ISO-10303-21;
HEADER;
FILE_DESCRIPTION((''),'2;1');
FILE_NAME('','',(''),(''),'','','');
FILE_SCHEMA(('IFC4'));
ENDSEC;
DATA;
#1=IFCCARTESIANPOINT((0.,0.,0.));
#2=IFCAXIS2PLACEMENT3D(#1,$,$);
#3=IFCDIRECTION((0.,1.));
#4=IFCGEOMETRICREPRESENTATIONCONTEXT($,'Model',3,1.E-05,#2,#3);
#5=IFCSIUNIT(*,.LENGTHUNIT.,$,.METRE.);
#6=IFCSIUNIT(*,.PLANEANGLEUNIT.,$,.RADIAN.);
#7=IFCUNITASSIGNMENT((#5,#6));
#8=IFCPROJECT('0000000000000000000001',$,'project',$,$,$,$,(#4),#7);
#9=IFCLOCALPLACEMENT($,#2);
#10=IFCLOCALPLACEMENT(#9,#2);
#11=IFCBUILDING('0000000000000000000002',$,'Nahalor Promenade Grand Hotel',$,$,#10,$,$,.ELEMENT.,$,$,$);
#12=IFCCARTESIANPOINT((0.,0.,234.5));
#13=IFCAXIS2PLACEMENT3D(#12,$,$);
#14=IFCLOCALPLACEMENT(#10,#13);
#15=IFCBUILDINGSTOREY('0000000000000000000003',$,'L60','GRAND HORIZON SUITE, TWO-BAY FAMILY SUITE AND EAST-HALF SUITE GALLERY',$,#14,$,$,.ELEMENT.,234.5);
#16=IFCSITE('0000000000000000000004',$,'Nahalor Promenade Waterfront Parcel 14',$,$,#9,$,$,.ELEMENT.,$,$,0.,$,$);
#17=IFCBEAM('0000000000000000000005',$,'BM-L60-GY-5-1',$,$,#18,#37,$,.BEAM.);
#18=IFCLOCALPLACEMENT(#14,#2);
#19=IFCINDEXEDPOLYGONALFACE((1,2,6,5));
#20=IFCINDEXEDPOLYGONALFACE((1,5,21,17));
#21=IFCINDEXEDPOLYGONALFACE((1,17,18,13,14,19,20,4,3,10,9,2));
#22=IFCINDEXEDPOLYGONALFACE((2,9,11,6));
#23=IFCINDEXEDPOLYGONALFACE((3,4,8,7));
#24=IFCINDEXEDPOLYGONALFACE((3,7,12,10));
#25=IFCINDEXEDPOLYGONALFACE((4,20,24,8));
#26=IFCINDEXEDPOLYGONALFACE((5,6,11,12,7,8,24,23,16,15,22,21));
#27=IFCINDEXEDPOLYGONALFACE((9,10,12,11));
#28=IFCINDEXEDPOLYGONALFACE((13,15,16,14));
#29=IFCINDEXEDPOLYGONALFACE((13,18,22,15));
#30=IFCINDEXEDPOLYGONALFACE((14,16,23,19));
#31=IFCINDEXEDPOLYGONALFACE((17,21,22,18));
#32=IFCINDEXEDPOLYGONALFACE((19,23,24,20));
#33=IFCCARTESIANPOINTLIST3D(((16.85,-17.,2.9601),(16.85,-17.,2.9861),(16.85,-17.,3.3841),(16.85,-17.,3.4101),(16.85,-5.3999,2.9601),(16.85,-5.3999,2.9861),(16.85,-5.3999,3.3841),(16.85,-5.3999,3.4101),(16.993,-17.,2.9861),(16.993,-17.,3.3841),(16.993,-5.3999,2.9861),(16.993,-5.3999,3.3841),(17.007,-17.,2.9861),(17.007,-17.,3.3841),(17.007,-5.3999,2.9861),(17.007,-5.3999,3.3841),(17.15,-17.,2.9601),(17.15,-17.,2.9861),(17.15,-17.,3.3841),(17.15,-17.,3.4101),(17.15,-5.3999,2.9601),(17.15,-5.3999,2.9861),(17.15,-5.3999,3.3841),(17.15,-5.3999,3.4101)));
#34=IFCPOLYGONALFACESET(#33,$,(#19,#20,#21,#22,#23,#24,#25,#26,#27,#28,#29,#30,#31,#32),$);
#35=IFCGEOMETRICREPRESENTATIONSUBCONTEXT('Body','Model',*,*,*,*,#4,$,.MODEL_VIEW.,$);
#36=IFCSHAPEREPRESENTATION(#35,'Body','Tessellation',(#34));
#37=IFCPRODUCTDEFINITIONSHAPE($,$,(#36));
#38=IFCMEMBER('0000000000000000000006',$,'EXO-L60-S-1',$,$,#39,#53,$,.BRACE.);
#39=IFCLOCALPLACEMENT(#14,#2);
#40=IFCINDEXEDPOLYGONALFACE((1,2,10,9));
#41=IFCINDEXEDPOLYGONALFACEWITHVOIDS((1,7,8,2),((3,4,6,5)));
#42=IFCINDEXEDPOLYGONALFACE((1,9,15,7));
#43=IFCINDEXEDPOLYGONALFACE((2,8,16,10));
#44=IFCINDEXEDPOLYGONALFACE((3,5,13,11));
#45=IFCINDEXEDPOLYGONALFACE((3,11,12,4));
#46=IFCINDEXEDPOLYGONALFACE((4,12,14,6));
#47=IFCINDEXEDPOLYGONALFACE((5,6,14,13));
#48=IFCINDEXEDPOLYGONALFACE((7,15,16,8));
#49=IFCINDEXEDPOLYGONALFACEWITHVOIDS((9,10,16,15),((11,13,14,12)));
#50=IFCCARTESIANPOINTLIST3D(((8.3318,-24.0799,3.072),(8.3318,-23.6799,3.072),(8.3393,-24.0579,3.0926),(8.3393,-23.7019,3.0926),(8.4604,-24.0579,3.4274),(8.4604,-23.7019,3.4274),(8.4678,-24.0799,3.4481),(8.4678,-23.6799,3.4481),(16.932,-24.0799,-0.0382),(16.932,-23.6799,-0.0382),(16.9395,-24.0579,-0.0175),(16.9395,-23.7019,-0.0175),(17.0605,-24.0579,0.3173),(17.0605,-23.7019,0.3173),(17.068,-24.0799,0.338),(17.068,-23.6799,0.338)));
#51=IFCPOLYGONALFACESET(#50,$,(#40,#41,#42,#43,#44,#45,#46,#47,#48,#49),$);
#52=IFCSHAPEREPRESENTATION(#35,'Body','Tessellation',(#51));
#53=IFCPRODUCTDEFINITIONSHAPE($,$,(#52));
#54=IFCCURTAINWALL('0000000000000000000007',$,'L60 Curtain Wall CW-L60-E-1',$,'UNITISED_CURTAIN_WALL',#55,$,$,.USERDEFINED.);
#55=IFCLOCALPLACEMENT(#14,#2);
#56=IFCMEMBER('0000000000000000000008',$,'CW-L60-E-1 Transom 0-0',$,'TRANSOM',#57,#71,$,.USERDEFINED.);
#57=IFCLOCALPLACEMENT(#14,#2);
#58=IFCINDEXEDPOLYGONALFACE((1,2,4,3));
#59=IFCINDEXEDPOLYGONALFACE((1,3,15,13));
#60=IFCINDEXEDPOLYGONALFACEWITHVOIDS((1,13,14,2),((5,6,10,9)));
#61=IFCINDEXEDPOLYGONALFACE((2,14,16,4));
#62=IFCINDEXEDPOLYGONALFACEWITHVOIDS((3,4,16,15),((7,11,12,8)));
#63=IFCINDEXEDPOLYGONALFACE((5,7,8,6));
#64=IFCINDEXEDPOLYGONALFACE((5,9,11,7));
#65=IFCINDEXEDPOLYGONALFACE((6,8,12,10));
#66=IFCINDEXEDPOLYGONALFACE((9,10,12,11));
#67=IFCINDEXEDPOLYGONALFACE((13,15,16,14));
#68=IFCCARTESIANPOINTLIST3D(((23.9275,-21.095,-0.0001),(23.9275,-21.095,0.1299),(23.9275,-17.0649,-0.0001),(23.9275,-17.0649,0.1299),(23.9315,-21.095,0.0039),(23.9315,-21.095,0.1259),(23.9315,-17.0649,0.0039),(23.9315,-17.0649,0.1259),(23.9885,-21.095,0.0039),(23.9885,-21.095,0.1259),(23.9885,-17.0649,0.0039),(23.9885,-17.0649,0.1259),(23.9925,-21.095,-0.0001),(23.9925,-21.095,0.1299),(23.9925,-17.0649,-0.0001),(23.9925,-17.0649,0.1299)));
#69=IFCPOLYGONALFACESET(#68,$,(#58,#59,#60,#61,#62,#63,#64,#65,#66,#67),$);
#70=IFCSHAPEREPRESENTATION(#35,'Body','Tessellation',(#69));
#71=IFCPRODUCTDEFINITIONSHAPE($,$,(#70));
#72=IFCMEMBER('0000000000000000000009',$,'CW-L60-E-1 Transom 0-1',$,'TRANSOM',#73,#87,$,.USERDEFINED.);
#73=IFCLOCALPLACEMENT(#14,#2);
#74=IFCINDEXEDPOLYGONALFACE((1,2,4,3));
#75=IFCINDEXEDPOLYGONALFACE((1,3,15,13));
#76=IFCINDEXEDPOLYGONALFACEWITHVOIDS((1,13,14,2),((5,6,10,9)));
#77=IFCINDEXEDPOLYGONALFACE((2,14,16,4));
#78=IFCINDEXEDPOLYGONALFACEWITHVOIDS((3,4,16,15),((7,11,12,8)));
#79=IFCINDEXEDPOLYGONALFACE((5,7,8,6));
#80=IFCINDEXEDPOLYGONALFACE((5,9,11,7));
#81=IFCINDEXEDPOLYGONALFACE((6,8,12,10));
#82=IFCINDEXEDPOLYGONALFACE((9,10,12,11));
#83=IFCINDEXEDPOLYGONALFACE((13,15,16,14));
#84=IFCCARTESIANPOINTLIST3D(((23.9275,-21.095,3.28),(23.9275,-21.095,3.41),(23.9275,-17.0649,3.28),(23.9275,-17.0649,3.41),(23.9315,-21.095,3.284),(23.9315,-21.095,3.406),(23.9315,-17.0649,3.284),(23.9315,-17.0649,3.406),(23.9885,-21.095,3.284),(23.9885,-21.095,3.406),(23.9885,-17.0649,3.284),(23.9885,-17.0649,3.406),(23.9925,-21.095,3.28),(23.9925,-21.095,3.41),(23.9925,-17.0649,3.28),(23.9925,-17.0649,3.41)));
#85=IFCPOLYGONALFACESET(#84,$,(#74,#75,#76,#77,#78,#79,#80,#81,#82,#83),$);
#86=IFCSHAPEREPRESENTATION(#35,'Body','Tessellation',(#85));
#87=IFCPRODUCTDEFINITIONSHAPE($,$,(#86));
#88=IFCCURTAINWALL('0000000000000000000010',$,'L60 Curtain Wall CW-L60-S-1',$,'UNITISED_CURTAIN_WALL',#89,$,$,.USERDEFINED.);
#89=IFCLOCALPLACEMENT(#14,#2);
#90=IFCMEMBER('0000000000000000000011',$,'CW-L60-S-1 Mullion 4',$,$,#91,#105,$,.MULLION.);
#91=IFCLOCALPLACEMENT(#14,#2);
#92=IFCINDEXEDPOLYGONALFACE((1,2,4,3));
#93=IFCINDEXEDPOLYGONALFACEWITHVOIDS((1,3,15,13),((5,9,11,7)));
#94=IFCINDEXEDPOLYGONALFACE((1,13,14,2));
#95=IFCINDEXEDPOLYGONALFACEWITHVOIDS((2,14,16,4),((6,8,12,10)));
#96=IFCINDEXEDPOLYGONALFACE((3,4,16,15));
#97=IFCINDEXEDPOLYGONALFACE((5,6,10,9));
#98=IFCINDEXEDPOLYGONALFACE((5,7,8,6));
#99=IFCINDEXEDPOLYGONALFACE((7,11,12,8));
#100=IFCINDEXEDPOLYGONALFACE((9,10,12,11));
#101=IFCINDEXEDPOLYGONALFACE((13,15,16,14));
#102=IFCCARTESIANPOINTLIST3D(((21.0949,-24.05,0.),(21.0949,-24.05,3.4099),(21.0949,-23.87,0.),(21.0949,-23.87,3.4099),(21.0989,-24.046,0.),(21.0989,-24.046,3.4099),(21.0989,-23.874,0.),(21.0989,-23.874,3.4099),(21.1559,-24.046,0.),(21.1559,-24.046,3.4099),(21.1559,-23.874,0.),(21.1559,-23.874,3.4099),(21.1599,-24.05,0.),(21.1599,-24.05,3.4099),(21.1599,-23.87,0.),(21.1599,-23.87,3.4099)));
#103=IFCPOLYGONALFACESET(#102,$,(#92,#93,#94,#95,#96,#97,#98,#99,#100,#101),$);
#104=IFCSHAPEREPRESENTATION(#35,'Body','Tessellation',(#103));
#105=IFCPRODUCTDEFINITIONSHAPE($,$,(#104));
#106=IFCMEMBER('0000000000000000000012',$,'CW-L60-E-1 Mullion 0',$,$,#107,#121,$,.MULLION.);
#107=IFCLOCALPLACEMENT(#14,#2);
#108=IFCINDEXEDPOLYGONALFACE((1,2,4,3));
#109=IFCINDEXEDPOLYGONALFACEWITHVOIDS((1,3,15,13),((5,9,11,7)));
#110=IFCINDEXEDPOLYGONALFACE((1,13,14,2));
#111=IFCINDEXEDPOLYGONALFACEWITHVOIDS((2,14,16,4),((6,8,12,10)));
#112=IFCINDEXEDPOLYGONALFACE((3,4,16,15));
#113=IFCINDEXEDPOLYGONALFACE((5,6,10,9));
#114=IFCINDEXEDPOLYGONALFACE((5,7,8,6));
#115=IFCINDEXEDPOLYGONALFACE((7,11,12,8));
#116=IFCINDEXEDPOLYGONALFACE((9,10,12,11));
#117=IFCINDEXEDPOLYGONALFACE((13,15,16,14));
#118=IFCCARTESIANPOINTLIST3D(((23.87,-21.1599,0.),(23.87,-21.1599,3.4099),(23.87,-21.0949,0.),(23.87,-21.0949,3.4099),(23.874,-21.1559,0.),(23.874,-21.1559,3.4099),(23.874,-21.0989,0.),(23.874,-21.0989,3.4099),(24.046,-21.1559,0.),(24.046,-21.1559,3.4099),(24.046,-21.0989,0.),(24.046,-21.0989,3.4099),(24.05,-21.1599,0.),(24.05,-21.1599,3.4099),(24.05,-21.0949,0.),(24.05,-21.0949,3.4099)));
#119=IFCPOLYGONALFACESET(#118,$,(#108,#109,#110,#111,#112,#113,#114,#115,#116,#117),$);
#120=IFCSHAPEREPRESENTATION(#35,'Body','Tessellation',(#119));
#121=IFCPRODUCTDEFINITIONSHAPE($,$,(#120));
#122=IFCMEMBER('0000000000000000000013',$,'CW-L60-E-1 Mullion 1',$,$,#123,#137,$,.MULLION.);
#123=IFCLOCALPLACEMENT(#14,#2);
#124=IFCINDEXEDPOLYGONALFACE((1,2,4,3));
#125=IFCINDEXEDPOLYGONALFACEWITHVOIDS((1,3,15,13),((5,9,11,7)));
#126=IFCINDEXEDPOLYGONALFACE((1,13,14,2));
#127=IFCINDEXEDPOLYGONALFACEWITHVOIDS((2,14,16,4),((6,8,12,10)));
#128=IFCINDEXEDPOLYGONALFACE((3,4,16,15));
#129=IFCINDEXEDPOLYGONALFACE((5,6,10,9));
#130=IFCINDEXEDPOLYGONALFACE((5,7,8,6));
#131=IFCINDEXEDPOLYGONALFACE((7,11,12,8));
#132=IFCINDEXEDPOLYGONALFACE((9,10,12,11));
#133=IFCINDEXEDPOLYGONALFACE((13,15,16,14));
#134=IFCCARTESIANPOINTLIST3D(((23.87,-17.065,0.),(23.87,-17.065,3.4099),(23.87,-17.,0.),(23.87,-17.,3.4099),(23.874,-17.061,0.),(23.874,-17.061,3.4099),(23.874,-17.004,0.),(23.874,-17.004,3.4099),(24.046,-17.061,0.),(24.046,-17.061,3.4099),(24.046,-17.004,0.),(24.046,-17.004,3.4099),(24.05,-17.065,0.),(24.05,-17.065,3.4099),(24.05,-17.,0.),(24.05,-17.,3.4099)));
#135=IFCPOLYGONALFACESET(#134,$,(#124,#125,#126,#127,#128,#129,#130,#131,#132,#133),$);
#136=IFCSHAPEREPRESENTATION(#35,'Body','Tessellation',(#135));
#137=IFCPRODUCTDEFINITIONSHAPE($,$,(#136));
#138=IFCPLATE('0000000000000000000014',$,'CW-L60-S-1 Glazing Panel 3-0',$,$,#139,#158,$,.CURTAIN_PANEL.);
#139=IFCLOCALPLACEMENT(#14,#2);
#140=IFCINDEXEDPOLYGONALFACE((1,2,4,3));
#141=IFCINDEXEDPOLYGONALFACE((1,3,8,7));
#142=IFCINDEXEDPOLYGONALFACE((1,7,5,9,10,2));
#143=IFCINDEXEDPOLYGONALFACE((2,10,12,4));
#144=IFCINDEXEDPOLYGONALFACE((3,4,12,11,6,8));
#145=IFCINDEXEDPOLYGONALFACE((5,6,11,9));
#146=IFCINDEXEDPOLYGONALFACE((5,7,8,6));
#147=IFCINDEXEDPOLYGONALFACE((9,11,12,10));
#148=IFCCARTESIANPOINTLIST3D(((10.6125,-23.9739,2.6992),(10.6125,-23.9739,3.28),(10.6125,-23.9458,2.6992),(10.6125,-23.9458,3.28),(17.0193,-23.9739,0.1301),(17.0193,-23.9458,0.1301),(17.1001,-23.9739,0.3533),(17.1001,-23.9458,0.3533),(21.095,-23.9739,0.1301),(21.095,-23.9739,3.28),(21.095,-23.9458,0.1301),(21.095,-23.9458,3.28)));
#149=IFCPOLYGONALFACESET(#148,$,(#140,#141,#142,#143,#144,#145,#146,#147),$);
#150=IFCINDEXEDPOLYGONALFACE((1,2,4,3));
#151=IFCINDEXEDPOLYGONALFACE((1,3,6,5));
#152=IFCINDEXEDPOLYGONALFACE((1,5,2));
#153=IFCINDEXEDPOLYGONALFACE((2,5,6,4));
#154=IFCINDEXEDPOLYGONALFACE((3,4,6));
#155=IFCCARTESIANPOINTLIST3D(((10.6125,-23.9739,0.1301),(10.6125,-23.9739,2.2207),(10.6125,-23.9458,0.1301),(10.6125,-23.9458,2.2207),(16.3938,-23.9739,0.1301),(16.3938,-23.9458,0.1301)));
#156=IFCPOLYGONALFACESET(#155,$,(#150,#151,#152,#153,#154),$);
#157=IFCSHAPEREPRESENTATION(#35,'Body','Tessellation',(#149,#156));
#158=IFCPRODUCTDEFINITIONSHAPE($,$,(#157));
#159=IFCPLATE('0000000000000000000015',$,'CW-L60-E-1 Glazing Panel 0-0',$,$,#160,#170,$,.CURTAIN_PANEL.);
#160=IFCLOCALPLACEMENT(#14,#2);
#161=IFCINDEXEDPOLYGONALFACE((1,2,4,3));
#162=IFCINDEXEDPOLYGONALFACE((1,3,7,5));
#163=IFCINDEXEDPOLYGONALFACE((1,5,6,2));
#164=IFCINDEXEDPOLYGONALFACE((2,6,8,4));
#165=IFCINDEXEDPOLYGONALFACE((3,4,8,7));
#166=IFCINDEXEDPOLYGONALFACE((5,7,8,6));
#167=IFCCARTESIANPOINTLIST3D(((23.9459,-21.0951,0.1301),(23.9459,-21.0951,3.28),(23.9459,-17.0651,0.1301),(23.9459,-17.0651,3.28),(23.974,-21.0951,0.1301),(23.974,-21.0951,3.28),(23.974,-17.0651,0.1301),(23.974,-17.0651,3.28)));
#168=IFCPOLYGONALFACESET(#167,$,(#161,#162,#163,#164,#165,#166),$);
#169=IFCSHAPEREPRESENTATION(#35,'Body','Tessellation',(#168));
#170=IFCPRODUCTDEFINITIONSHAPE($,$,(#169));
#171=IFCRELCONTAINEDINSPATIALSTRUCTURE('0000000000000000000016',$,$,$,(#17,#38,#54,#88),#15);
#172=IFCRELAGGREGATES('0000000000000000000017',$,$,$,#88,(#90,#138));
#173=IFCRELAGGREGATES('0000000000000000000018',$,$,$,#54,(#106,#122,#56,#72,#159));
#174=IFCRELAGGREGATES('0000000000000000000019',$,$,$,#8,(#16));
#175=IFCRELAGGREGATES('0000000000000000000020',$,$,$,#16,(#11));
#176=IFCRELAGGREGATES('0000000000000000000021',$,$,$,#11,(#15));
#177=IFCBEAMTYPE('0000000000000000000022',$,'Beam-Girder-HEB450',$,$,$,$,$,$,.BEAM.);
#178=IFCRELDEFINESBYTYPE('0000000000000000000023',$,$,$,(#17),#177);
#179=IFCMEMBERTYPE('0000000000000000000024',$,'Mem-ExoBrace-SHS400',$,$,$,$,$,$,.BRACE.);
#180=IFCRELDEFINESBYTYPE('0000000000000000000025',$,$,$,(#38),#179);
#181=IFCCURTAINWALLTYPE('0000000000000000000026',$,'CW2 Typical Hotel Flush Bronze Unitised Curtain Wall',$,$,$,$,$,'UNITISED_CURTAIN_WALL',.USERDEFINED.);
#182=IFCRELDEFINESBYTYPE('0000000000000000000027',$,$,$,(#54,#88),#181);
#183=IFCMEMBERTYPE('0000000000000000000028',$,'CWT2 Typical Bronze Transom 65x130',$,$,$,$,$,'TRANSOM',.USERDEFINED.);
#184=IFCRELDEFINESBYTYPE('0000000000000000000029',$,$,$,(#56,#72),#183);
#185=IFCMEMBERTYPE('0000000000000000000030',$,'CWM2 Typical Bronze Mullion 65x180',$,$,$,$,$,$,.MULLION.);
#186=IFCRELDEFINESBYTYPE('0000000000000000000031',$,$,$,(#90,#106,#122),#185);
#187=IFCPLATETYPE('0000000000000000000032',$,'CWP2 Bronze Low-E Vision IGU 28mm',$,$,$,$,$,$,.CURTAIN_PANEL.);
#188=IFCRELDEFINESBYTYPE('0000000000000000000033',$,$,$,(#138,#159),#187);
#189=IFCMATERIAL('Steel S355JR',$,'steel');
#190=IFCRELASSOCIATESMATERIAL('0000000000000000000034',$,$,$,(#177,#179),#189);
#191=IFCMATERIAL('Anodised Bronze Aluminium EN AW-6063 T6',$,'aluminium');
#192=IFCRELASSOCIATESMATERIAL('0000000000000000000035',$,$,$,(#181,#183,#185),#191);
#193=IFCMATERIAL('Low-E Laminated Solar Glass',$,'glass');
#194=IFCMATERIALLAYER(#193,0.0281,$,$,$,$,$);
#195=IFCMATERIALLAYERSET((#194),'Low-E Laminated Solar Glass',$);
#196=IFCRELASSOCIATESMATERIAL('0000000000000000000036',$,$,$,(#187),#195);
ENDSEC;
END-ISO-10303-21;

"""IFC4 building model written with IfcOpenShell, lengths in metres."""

from ifc_helpers import new_model, si_unit, direction, frame, origin, origin_2d, place, context, subcontext, project, spatial, polyline, rectangle, hollow_rectangle, i_section, outline, extrude, source, transform, mapped, material, layer, layer_set, material_profile, profile_set, type_object, element, aggregate, save


model = new_model("IFC4")

# Units and contexts
model_context = context("Model", 3, precision=1e-05, world=origin(), true_north=direction((0.0, 1.0)))
body_context = subcontext(model_context, "Body", "Model", "MODEL_VIEW")
ifc_project = project(units=[si_unit("LENGTHUNIT", "METRE"), si_unit("PLANEANGLEUNIT", "RADIAN")], contexts=[model_context])

# Site, building, storey
site_placement = place(None, origin())
site = spatial("IfcSite", under=ifc_project, at=site_placement, Name="Nahalor Promenade Waterfront Parcel 14", CompositionType="ELEMENT", RefElevation=0.0)
building_placement = place(site_placement, origin())
building = spatial("IfcBuilding", under=site, at=building_placement, Name="Nahalor Promenade Grand Hotel", CompositionType="ELEMENT")
storey_placement = place(building_placement, frame((0.0, 0.0, 234.5)))
storey = spatial("IfcBuildingStorey", under=building, at=storey_placement, Name="L60", Description="GRAND HORIZON SUITE, TWO-BAY FAMILY SUITE AND EAST-HALF SUITE GALLERY", CompositionType="ELEMENT", Elevation=234.5)

# Shared definitions
ifc_material_1 = material(Name="Steel S355JR", Category="steel")

# Beam
ifc_material_profile_1 = material_profile(ifc_material_1, i_section(OverallWidth=0.3, OverallDepth=0.45, WebThickness=0.014, FlangeThickness=0.026, at=origin_2d()), Name="HEB 450")
ifc_profile_set_1 = profile_set([ifc_material_profile_1], Name="Steel S355JR")
beam_type_1 = type_object("IfcBeamType", Name="Beam-Girder-HEB450", PredefinedType="BEAM", material=ifc_profile_set_1)
shared_shape_1 = source(origin(), body_context, "Body", "SweptSolid", [
    extrude(i_section(OverallWidth=0.3, OverallDepth=0.45, WebThickness=0.014, FlangeThickness=0.026, at=origin_2d()), origin(), (0.0, 0.0, 1.0), 11.6001),
])
beam_1_placement = place(storey_placement, frame((17.0, -17.0, 3.1851), z_axis=(0.0, 1.0, 0.0), x_axis=(-1.0, 0.0, 0.0)))
element("IfcBeam", 1, at=beam_1_placement, inside=storey, type_object=beam_type_1, Name="BM-L60-GY-5-1", PredefinedType="BEAM", context=body_context, shape_type="MappedRepresentation", body=[
    mapped(shared_shape_1, transform((0.0, 0.0, 0.0), scale=1.0)),
])

# Member
ifc_material_profile_2 = material_profile(ifc_material_1, hollow_rectangle(XDim=0.4, YDim=0.4, WallThickness=0.022, at=origin_2d()), Name="SHS 400x400x22")
ifc_profile_set_2 = profile_set([ifc_material_profile_2], Name="Steel S355JR")
member_type_1 = type_object("IfcMemberType", Name="Mem-ExoBrace-SHS400", PredefinedType="BRACE", material=ifc_profile_set_2)
shared_shape_2 = source(origin(), body_context, "Body", "SweptSolid", [
    extrude(hollow_rectangle(XDim=0.4, YDim=0.4, WallThickness=0.022, at=origin_2d()), origin(), (0.0, 0.0, 1.0), 9.1453),
])
member_1_placement = place(storey_placement, frame((17.0, -23.8799, 0.1499), z_axis=(-0.940396, 0.0, 0.340081), x_axis=(0.0, -1.0, 0.0)))
element("IfcMember", 2, at=member_1_placement, inside=storey, type_object=member_type_1, Name="EXO-L60-S-1", PredefinedType="BRACE", context=body_context, shape_type="MappedRepresentation", body=[
    mapped(shared_shape_2, transform((0.0, 0.0, 0.0), scale=1.0)),
])

# Curtain wall, members
ifc_material_2 = material(Name="Anodised Bronze Aluminium EN AW-6063 T6", Category="aluminium")
curtain_wall_type = type_object("IfcCurtainWallType", Name="CW2 Typical Hotel Flush Bronze Unitised Curtain Wall", ElementType="UNITISED_CURTAIN_WALL", PredefinedType="USERDEFINED", material=ifc_material_2)
curtain_wall_1_placement = place(storey_placement, origin())
curtain_wall_1 = element("IfcCurtainWall", 3, at=curtain_wall_1_placement, inside=storey, type_object=curtain_wall_type, Name="L60 Curtain Wall CW-L60-E-1", ObjectType="UNITISED_CURTAIN_WALL", PredefinedType="USERDEFINED")
ifc_material_profile_3 = material_profile(ifc_material_2, hollow_rectangle(XDim=0.065, YDim=0.13, WallThickness=0.004, at=origin_2d()), Name="CWT 65x130x4")
ifc_profile_set_3 = profile_set([ifc_material_profile_3], Name="Anodised Bronze Aluminium EN AW-6063 T6")
member_type_2 = type_object("IfcMemberType", Name="CWT2 Typical Bronze Transom 65x130", ElementType="TRANSOM", PredefinedType="USERDEFINED", material=ifc_profile_set_3)
shared_shape_3 = source(origin(), body_context, "Body", "SweptSolid", [
    extrude(hollow_rectangle(XDim=0.065, YDim=0.13, WallThickness=0.004, at=origin_2d()), origin(), (0.0, 0.0, 1.0), 4.03),
])
member_2_placement = place(storey_placement, frame((23.96, -21.095, 0.0649), z_axis=(0.0, 1.0, 0.0), x_axis=(-1.0, 0.0, 0.0)))
member_2 = element("IfcMember", 4, at=member_2_placement, type_object=member_type_2, Name="CW-L60-E-1 Transom 0-0", ObjectType="TRANSOM", PredefinedType="USERDEFINED", context=body_context, shape_type="MappedRepresentation", body=[
    mapped(shared_shape_3, transform((0.0, 0.0, 0.0), scale=1.0)),
])
member_3_placement = place(storey_placement, frame((23.96, -21.095, 3.345), z_axis=(0.0, 1.0, 0.0), x_axis=(-1.0, 0.0, 0.0)))
member_3 = element("IfcMember", 5, at=member_3_placement, type_object=member_type_2, Name="CW-L60-E-1 Transom 0-1", ObjectType="TRANSOM", PredefinedType="USERDEFINED", context=body_context, shape_type="MappedRepresentation", body=[
    mapped(shared_shape_3, transform((0.0, 0.0, 0.0), scale=1.0)),
])

# Curtain wall, member
curtain_wall_2_placement = place(storey_placement, origin())
curtain_wall_2 = element("IfcCurtainWall", 6, at=curtain_wall_2_placement, inside=storey, type_object=curtain_wall_type, Name="L60 Curtain Wall CW-L60-S-1", ObjectType="UNITISED_CURTAIN_WALL", PredefinedType="USERDEFINED")
ifc_material_profile_4 = material_profile(ifc_material_2, hollow_rectangle(XDim=0.065, YDim=0.18, WallThickness=0.004, at=origin_2d()), Name="CWM 65x180x4")
ifc_profile_set_4 = profile_set([ifc_material_profile_4], Name="Anodised Bronze Aluminium EN AW-6063 T6")
member_type_3 = type_object("IfcMemberType", Name="CWM2 Typical Bronze Mullion 65x180", PredefinedType="MULLION", material=ifc_profile_set_4)
shared_shape_4 = source(origin(), body_context, "Body", "SweptSolid", [
    extrude(hollow_rectangle(XDim=0.065, YDim=0.18, WallThickness=0.004, at=origin_2d()), origin(), (0.0, 0.0, 1.0), 3.4099),
])
member_4_placement = place(storey_placement, frame((21.1274, -23.96, 0.0), z_axis=(0.0, 0.0, 1.0), x_axis=(1.0, 0.0, 0.0)))
member_4 = element("IfcMember", 7, at=member_4_placement, type_object=member_type_3, Name="CW-L60-S-1 Mullion 4", PredefinedType="MULLION", context=body_context, shape_type="MappedRepresentation", body=[
    mapped(shared_shape_4, transform((0.0, 0.0, 0.0), scale=1.0)),
])

# Members
member_5_placement = place(storey_placement, frame((23.96, -21.1274, 0.0), z_axis=(0.0, 0.0, 1.0), x_axis=(0.0, 1.0, 0.0)))
member_5 = element("IfcMember", 8, at=member_5_placement, type_object=member_type_3, Name="CW-L60-E-1 Mullion 0", PredefinedType="MULLION", context=body_context, shape_type="MappedRepresentation", body=[
    mapped(shared_shape_4, transform((0.0, 0.0, 0.0), scale=1.0)),
])
member_6_placement = place(storey_placement, frame((23.96, -17.0325, 0.0), z_axis=(0.0, 0.0, 1.0), x_axis=(0.0, 1.0, 0.0)))
member_6 = element("IfcMember", 9, at=member_6_placement, type_object=member_type_3, Name="CW-L60-E-1 Mullion 1", PredefinedType="MULLION", context=body_context, shape_type="MappedRepresentation", body=[
    mapped(shared_shape_4, transform((0.0, 0.0, 0.0), scale=1.0)),
])

# Plates
ifc_material_3 = material(Name="Low-E Laminated Solar Glass", Category="glass")
ifc_layer_1 = layer(ifc_material_3, 0.0281)
ifc_layer_set_1 = layer_set([ifc_layer_1], Name="Low-E Laminated Solar Glass")
plate_type = type_object("IfcPlateType", Name="CWP2 Bronze Low-E Vision IGU 28mm", PredefinedType="CURTAIN_PANEL", material=ifc_layer_set_1)
plate_1_placement = place(storey_placement, frame((15.8538, -23.96, 0.1301), z_axis=(0.0, 0.0, 1.0), x_axis=(1.0, 0.0, 0.0)))
plate_1 = element("IfcPlate", 10, at=plate_1_placement, type_object=plate_type, Name="CW-L60-S-1 Glazing Panel 3-0", PredefinedType="CURTAIN_PANEL", context=body_context, shape_type="SweptSolid", body=[
    extrude(outline(polyline([(5.2412, 3.1499), (-5.2412, 3.1499), (-5.2412, 2.5691), (1.2463, 0.2231), (1.1655, 0.0), (5.2412, 0.0), (5.2412, 3.1499)])), frame((0.0, 0.0142, 0.0), z_axis=(0.0, -1.0, 0.0), x_axis=(1.0, 0.0, 0.0)), (0.0, 0.0, 1.0), 0.0281),
    extrude(outline(polyline([(-5.2412, 2.0906), (-5.2412, 0.0), (0.54, 0.0), (-5.2412, 2.0906)])), frame((0.0, 0.0142, 0.0), z_axis=(0.0, -1.0, 0.0), x_axis=(1.0, 0.0, 0.0)), (0.0, 0.0, 1.0), 0.0281),
])
aggregate(curtain_wall_2, [member_4, plate_1])
shared_shape_5 = source(origin(), body_context, "Body", "SweptSolid", [
    extrude(rectangle(XDim=4.03, YDim=0.0281, at=origin_2d()), origin(), (0.0, 0.0, 1.0), 3.1499),
])
plate_2_placement = place(storey_placement, frame((23.96, -19.0801, 0.1301), z_axis=(0.0, 0.0, 1.0), x_axis=(0.0, 1.0, 0.0)))
plate_2 = element("IfcPlate", 11, at=plate_2_placement, type_object=plate_type, Name="CW-L60-E-1 Glazing Panel 0-0", PredefinedType="CURTAIN_PANEL", context=body_context, shape_type="MappedRepresentation", body=[
    mapped(shared_shape_5, transform((0.0, 0.0, 0.0), scale=1.0)),
])
aggregate(curtain_wall_1, [member_5, member_6, member_2, member_3, plate_2])

save(model, "model.ifc")
